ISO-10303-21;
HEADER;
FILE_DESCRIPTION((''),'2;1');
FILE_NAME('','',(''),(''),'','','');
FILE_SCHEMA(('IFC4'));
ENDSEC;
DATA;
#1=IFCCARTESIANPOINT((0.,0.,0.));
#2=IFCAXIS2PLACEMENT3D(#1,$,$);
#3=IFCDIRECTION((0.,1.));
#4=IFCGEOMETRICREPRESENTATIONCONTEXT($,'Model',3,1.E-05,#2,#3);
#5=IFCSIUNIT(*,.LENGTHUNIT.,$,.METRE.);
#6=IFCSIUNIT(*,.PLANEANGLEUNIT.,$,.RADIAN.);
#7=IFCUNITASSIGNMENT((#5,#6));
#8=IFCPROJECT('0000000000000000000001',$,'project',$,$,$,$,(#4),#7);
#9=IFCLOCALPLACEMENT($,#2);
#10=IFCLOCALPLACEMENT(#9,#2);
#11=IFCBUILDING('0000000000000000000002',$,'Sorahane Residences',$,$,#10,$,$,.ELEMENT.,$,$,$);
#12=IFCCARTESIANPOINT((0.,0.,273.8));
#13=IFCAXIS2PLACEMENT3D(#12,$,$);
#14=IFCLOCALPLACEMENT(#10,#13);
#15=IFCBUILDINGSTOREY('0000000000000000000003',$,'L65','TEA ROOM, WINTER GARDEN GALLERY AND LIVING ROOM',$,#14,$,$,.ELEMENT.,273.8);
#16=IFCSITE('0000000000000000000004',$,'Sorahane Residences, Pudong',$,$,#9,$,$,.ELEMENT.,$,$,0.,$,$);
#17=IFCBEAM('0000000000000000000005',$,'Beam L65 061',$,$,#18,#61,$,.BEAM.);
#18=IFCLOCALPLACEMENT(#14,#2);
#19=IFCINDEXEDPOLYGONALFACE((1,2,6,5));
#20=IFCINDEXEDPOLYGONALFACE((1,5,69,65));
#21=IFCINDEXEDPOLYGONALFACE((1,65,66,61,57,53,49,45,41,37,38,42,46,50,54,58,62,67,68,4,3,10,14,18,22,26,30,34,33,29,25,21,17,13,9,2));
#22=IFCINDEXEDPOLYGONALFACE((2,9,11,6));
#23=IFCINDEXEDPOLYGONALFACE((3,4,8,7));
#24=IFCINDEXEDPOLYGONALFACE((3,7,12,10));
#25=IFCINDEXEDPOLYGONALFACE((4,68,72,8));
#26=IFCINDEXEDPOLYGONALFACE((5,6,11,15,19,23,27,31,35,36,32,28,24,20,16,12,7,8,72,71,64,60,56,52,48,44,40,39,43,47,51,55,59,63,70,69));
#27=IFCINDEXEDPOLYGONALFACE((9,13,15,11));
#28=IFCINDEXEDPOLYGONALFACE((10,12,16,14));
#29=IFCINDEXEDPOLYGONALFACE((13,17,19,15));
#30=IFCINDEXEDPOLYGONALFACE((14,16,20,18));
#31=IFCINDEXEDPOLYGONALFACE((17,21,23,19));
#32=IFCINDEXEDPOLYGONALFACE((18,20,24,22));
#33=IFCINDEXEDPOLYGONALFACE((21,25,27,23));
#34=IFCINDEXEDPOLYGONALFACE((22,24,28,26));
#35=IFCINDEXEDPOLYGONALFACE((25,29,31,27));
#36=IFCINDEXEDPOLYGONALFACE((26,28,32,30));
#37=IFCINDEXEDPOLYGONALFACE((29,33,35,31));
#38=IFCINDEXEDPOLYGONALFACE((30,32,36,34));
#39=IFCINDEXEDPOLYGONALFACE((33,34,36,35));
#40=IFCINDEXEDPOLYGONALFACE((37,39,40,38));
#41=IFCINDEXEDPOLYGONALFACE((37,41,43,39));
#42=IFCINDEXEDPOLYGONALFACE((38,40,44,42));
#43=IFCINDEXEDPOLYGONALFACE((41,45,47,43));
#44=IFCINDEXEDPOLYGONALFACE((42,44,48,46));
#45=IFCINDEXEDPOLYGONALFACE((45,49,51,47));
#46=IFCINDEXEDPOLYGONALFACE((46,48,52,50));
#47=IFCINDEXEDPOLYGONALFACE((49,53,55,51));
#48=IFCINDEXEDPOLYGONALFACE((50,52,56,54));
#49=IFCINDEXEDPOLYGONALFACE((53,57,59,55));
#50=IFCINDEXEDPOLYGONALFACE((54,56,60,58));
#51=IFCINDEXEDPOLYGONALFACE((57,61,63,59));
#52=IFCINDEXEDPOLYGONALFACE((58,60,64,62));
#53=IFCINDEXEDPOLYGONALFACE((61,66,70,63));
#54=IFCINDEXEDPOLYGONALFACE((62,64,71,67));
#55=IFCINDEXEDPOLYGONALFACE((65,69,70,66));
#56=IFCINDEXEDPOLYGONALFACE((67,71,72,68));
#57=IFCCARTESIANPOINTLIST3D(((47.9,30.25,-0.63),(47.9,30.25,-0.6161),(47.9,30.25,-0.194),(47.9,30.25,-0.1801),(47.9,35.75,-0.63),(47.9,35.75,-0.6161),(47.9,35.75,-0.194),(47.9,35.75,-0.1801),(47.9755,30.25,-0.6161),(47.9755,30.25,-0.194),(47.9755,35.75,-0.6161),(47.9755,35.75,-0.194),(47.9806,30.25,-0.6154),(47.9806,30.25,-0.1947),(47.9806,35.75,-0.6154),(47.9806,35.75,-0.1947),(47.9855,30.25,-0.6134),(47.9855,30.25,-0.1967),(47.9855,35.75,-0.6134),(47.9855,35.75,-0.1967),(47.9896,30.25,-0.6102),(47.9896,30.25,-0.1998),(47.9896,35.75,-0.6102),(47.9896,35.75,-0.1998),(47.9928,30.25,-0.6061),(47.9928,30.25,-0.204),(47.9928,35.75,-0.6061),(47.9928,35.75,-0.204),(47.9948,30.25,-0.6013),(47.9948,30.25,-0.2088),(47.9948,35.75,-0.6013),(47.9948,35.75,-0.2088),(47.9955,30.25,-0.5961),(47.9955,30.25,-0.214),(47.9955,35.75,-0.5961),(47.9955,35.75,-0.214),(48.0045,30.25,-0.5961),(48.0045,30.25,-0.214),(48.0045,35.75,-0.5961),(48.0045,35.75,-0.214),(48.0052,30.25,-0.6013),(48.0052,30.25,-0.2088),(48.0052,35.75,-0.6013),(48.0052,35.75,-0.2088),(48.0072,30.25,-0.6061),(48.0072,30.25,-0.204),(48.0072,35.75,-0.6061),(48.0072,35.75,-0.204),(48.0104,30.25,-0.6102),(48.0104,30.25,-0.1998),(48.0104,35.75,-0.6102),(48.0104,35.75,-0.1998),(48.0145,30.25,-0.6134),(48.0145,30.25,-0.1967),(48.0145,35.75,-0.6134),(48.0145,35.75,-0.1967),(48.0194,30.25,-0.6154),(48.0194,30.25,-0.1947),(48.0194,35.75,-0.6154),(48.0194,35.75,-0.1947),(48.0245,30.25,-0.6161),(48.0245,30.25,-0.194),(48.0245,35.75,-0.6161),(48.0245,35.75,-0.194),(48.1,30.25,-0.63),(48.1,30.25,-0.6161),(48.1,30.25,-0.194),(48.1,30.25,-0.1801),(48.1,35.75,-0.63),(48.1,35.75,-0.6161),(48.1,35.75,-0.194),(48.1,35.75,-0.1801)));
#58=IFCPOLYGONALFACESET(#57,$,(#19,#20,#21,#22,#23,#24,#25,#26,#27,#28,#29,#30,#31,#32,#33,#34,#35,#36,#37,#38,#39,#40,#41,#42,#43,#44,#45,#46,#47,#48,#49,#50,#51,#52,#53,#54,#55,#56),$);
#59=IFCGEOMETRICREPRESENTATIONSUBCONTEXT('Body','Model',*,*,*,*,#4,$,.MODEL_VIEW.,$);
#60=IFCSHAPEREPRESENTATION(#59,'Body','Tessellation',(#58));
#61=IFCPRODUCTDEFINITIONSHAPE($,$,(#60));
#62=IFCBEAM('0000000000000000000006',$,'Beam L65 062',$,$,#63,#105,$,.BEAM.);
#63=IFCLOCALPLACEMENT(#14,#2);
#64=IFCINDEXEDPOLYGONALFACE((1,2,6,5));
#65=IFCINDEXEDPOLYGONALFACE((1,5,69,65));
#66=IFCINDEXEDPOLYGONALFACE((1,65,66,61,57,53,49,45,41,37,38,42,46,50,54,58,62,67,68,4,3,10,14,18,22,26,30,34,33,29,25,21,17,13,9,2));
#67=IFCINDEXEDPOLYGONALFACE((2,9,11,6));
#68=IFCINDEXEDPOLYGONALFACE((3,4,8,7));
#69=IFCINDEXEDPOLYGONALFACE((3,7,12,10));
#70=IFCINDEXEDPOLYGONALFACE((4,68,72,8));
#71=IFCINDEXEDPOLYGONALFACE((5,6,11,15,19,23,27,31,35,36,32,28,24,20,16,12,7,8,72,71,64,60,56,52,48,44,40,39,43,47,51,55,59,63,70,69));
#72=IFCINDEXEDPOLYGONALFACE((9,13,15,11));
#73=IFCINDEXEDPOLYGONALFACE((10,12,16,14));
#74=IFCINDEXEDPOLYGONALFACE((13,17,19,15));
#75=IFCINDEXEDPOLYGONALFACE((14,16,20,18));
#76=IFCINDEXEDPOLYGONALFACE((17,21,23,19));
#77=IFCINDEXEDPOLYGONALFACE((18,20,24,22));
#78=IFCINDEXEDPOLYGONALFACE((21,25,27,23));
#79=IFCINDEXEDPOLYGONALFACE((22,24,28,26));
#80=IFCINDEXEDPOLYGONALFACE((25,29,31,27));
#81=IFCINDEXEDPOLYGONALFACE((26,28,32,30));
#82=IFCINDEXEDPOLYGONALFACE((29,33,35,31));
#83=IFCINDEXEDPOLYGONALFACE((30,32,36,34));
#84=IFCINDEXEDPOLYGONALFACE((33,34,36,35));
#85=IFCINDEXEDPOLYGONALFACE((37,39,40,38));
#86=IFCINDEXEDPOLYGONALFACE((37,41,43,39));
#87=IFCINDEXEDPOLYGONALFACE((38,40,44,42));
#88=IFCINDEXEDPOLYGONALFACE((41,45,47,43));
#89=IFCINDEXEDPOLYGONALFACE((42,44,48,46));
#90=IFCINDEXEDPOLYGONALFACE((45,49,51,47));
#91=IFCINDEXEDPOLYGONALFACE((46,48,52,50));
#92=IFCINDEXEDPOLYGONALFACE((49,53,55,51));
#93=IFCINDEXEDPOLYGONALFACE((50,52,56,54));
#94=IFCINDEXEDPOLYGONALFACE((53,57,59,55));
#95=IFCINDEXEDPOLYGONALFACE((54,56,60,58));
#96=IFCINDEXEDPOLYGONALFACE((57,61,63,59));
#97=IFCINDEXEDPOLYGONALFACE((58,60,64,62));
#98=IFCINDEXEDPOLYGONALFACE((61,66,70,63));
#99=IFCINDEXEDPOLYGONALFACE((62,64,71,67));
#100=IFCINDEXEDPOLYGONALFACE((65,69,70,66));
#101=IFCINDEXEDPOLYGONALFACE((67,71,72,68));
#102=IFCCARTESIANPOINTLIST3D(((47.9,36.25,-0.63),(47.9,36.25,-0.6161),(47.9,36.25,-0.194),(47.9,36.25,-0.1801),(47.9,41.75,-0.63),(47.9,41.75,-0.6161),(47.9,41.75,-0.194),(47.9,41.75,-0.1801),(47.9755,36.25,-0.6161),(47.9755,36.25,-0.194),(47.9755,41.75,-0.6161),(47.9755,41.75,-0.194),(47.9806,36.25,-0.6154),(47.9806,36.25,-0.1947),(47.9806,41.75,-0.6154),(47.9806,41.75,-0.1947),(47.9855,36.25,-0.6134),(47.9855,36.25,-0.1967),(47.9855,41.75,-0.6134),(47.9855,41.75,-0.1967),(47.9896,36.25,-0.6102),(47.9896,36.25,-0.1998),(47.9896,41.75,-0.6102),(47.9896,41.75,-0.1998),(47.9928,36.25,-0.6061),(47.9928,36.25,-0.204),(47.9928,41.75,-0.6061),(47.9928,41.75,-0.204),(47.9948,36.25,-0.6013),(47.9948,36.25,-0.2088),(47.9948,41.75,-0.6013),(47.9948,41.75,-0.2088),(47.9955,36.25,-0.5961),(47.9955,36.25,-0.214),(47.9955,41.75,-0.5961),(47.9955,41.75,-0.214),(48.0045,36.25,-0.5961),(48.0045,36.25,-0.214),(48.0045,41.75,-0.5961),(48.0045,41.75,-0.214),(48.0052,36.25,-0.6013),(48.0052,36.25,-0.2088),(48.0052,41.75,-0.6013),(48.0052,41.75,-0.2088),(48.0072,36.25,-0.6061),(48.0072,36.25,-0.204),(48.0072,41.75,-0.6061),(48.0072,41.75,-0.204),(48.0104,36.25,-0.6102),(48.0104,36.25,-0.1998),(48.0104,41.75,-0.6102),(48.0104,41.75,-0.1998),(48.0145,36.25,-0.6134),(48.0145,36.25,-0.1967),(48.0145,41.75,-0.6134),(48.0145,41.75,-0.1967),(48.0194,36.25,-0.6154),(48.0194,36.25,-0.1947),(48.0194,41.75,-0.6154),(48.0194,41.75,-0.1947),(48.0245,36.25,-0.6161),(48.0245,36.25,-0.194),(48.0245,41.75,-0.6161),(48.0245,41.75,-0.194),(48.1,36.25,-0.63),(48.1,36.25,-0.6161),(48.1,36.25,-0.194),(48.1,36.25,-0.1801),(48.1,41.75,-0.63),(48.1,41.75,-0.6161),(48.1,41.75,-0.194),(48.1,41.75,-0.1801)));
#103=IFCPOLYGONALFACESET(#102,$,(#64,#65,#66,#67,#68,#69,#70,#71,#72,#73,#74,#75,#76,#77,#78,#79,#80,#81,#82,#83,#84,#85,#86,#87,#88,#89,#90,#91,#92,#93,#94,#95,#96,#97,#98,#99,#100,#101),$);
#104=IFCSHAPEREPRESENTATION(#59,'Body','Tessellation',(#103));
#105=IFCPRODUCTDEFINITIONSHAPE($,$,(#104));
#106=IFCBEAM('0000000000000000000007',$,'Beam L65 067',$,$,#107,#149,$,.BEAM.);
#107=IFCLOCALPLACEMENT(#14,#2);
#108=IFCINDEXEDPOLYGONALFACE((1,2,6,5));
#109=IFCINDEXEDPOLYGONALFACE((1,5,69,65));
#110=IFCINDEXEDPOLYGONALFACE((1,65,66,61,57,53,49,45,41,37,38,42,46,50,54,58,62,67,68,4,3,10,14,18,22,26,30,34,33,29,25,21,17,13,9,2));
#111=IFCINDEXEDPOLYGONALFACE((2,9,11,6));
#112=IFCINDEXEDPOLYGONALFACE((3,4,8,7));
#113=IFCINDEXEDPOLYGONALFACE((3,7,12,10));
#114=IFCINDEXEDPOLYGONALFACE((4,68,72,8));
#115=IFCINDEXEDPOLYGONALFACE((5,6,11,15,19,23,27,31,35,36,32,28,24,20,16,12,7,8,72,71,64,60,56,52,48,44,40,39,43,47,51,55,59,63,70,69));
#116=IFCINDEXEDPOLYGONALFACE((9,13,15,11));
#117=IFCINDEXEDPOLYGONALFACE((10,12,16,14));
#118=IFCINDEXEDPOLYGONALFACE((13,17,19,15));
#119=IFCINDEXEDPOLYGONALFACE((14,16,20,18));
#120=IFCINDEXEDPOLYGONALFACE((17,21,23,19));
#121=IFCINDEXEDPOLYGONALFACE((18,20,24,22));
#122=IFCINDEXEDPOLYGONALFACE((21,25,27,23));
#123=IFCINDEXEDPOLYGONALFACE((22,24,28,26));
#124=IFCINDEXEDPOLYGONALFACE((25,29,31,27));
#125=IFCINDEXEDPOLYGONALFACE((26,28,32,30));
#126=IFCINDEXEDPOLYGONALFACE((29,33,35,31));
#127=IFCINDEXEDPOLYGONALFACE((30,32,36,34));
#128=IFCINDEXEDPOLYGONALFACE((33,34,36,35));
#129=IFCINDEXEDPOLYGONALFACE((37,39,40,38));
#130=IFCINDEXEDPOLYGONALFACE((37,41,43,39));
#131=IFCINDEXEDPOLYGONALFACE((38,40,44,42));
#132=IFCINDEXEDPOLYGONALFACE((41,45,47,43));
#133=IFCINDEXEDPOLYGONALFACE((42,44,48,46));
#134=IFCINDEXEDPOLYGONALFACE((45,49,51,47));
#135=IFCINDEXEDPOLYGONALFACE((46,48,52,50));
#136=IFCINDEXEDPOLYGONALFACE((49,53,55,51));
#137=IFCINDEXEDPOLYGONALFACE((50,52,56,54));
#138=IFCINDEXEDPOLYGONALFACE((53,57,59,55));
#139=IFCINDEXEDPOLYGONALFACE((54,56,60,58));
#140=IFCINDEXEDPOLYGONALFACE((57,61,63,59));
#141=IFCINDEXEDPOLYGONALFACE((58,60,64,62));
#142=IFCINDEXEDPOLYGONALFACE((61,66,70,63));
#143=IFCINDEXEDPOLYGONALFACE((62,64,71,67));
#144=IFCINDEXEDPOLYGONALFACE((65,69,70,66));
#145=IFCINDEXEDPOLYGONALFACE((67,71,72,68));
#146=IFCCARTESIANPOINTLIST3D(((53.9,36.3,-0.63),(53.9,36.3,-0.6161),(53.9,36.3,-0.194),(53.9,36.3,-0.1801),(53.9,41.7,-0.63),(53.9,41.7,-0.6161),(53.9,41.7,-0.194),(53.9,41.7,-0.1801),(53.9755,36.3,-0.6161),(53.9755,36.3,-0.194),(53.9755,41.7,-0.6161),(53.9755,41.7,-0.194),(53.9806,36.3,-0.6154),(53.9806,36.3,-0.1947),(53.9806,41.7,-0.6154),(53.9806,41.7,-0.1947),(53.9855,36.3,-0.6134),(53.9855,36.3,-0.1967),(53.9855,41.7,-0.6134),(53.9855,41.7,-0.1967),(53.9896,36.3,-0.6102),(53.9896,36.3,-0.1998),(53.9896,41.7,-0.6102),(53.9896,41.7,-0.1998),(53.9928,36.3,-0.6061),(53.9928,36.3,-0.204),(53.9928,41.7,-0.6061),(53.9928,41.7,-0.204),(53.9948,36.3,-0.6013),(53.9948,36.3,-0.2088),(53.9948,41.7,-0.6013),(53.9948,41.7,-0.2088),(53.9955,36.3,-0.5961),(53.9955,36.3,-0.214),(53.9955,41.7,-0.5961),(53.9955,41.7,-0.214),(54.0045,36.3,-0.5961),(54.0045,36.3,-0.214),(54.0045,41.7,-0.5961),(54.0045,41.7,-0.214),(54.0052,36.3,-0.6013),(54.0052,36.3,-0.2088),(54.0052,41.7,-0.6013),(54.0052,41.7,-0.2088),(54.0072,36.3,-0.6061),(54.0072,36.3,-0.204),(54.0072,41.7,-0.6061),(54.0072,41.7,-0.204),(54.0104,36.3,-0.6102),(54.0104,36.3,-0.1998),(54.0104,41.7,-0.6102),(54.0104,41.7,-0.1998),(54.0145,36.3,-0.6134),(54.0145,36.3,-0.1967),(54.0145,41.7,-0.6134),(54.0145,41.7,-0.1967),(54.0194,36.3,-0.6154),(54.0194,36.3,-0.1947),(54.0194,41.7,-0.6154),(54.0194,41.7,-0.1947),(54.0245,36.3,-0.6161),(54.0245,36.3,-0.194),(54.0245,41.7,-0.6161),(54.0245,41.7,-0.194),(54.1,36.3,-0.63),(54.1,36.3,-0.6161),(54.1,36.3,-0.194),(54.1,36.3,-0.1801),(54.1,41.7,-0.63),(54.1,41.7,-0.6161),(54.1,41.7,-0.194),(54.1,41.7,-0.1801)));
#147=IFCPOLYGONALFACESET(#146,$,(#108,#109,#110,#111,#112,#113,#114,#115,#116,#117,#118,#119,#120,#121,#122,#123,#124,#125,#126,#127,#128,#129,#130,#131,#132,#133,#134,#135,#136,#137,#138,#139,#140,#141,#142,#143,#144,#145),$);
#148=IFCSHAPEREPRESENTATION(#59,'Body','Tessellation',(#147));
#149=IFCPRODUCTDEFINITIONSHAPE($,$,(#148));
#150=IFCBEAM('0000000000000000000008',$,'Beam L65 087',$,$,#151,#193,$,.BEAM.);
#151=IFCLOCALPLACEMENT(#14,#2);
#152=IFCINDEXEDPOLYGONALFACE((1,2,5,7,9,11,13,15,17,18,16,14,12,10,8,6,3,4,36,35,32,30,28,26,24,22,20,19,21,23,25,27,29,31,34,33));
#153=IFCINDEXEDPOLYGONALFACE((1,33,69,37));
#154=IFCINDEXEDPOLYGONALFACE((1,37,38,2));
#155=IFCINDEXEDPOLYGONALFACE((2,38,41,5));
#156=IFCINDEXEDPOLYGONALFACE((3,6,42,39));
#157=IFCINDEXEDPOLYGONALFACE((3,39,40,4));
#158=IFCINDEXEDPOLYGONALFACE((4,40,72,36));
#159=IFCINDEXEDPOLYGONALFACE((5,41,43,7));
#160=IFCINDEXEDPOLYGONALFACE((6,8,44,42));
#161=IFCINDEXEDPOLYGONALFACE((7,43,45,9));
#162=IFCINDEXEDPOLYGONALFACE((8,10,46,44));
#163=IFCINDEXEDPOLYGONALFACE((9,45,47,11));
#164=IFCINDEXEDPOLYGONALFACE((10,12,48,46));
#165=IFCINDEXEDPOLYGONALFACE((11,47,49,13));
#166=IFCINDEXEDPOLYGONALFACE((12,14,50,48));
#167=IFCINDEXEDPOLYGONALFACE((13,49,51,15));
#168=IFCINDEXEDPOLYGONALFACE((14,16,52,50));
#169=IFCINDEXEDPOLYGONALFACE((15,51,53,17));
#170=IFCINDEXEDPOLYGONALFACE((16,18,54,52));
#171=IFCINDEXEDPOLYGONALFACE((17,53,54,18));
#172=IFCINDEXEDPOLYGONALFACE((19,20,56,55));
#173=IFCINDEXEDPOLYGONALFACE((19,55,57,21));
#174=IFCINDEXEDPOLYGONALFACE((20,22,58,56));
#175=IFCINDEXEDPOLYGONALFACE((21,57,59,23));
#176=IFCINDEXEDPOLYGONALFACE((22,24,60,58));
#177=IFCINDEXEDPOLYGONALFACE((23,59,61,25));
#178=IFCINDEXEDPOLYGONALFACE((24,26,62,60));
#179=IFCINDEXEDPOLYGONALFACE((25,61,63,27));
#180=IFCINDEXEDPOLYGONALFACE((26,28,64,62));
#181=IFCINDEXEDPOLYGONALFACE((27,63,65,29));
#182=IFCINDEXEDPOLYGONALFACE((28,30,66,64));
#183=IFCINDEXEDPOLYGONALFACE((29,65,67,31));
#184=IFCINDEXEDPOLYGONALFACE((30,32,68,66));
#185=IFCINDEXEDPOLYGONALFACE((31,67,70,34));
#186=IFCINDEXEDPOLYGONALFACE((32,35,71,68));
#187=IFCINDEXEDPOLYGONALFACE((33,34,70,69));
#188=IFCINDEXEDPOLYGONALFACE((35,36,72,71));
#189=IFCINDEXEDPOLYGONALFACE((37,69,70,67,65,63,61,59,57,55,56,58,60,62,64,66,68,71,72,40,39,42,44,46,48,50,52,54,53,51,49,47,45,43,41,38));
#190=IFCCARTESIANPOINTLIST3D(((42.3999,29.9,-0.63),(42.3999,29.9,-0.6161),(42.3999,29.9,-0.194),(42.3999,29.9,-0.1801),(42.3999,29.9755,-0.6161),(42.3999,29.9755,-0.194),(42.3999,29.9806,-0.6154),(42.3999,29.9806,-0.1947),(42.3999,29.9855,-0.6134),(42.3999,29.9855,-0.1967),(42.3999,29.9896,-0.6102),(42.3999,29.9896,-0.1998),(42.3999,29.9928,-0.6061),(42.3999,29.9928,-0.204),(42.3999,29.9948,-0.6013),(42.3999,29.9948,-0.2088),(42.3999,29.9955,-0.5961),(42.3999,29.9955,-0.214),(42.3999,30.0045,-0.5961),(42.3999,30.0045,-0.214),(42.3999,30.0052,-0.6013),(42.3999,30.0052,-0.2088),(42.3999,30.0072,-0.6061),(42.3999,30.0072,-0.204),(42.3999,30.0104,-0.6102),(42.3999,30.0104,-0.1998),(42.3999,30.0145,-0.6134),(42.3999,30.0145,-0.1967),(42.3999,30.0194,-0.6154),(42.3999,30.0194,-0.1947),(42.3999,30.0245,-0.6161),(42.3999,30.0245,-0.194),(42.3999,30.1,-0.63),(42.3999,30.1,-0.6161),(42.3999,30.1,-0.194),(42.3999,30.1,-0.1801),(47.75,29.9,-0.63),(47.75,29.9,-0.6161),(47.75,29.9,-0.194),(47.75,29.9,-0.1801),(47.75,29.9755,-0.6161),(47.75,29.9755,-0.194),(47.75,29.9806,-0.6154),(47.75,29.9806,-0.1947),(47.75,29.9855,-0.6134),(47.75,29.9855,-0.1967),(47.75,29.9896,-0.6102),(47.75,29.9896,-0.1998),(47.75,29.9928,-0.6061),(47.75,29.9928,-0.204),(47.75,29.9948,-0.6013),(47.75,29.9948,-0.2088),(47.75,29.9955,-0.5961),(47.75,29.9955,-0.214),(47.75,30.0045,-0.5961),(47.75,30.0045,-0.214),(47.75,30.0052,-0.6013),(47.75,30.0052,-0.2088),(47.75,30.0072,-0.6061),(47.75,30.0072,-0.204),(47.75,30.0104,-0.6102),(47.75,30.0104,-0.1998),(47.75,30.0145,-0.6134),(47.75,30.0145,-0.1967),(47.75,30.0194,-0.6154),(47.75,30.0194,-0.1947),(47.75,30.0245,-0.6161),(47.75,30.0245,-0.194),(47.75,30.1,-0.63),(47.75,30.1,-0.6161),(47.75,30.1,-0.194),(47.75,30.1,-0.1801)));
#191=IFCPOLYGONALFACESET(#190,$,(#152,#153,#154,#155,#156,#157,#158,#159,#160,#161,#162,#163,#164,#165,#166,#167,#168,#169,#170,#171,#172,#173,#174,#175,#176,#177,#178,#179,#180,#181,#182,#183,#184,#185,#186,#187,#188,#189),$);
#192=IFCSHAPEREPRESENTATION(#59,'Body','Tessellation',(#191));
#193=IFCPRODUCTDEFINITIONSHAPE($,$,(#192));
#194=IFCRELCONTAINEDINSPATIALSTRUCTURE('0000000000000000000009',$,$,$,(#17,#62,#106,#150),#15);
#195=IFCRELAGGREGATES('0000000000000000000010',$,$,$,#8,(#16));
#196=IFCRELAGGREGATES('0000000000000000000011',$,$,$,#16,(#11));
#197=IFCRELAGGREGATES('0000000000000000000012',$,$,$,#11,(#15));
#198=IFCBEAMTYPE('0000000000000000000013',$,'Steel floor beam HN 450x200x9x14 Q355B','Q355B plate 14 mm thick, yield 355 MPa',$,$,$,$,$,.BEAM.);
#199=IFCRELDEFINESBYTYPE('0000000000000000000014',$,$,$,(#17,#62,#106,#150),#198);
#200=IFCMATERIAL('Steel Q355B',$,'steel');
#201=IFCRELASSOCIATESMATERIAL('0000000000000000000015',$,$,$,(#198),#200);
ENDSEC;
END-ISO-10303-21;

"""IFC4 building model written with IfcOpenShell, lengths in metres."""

from ifc_helpers import new_model, si_unit, direction, frame, origin, origin_2d, place, context, subcontext, project, spatial, i_section, extrude, material, material_profile, profile_set, type_object, element, save


model = new_model("IFC4")

# Units and contexts
model_context = context("Model", 3, precision=1e-05, world=origin(), true_north=direction((0.0, 1.0)))
body_context = subcontext(model_context, "Body", "Model", "MODEL_VIEW")
ifc_project = project(units=[si_unit("LENGTHUNIT", "METRE"), si_unit("PLANEANGLEUNIT", "RADIAN")], contexts=[model_context])

# Site, building, storey
site_placement = place(None, origin())
site = spatial("IfcSite", under=ifc_project, at=site_placement, Name="Sorahane Residences, Pudong", CompositionType="ELEMENT", RefElevation=0.0)
building_placement = place(site_placement, origin())
building = spatial("IfcBuilding", under=site, at=building_placement, Name="Sorahane Residences", CompositionType="ELEMENT")
storey_placement = place(building_placement, frame((0.0, 0.0, 273.8)))
storey = spatial("IfcBuildingStorey", under=building, at=storey_placement, Name="L65", Description="TEA ROOM, WINTER GARDEN GALLERY AND LIVING ROOM", CompositionType="ELEMENT", Elevation=273.8)

# Beams
ifc_material_1 = material(Name="Steel Q355B", Category="steel")
ifc_material_profile_1 = material_profile(ifc_material_1, i_section(OverallWidth=0.2, OverallDepth=0.45, WebThickness=0.009, FlangeThickness=0.0139, FilletRadius=0.02, at=origin_2d()), Name="HN 450x200x9x14")
ifc_profile_set_1 = profile_set([ifc_material_profile_1], Name="Steel Q355B")
beam_type_1 = type_object("IfcBeamType", Name="Steel floor beam HN 450x200x9x14 Q355B", Description="Q355B plate 14 mm thick, yield 355 MPa", PredefinedType="BEAM", material=ifc_profile_set_1)
for number, where, z_axis, x_axis, name in (
    (1, (48.0, 30.25, -0.405), (0.0, 1.0, 0.0), (-1.0, 0.0, 0.0), "Beam L65 061"),
    (2, (48.0, 36.25, -0.405), (0.0, 1.0, 0.0), (-1.0, 0.0, 0.0), "Beam L65 062"),
):
    element("IfcBeam", number, at=place(storey_placement, frame(where, z_axis=z_axis, x_axis=x_axis)), inside=storey, type_object=beam_type_1, Name=name, PredefinedType="BEAM", context=body_context, shape_type="SweptSolid", body=[
        extrude(i_section(OverallWidth=0.2, OverallDepth=0.45, WebThickness=0.009, FlangeThickness=0.0139, FilletRadius=0.02, at=origin_2d()), origin(), (0.0, 0.0, 1.0), 5.5),
    ])
beam_1_placement = place(storey_placement, frame((54.0, 36.3, -0.405), z_axis=(0.0, 1.0, 0.0), x_axis=(-1.0, 0.0, 0.0)))
element("IfcBeam", 3, at=beam_1_placement, inside=storey, type_object=beam_type_1, Name="Beam L65 067", PredefinedType="BEAM", context=body_context, shape_type="SweptSolid", body=[
    extrude(i_section(OverallWidth=0.2, OverallDepth=0.45, WebThickness=0.009, FlangeThickness=0.0139, FilletRadius=0.02, at=origin_2d()), origin(), (0.0, 0.0, 1.0), 5.3999),
])
beam_2_placement = place(storey_placement, frame((42.3999, 30.0, -0.405), z_axis=(1.0, 0.0, 0.0), x_axis=(0.0, 1.0, 0.0)))
element("IfcBeam", 4, at=beam_2_placement, inside=storey, type_object=beam_type_1, Name="Beam L65 087", PredefinedType="BEAM", context=body_context, shape_type="SweptSolid", body=[
    extrude(i_section(OverallWidth=0.2, OverallDepth=0.45, WebThickness=0.009, FlangeThickness=0.0139, FilletRadius=0.02, at=origin_2d()), origin(), (0.0, 0.0, 1.0), 5.3501),
])

save(model, "model.ifc")
